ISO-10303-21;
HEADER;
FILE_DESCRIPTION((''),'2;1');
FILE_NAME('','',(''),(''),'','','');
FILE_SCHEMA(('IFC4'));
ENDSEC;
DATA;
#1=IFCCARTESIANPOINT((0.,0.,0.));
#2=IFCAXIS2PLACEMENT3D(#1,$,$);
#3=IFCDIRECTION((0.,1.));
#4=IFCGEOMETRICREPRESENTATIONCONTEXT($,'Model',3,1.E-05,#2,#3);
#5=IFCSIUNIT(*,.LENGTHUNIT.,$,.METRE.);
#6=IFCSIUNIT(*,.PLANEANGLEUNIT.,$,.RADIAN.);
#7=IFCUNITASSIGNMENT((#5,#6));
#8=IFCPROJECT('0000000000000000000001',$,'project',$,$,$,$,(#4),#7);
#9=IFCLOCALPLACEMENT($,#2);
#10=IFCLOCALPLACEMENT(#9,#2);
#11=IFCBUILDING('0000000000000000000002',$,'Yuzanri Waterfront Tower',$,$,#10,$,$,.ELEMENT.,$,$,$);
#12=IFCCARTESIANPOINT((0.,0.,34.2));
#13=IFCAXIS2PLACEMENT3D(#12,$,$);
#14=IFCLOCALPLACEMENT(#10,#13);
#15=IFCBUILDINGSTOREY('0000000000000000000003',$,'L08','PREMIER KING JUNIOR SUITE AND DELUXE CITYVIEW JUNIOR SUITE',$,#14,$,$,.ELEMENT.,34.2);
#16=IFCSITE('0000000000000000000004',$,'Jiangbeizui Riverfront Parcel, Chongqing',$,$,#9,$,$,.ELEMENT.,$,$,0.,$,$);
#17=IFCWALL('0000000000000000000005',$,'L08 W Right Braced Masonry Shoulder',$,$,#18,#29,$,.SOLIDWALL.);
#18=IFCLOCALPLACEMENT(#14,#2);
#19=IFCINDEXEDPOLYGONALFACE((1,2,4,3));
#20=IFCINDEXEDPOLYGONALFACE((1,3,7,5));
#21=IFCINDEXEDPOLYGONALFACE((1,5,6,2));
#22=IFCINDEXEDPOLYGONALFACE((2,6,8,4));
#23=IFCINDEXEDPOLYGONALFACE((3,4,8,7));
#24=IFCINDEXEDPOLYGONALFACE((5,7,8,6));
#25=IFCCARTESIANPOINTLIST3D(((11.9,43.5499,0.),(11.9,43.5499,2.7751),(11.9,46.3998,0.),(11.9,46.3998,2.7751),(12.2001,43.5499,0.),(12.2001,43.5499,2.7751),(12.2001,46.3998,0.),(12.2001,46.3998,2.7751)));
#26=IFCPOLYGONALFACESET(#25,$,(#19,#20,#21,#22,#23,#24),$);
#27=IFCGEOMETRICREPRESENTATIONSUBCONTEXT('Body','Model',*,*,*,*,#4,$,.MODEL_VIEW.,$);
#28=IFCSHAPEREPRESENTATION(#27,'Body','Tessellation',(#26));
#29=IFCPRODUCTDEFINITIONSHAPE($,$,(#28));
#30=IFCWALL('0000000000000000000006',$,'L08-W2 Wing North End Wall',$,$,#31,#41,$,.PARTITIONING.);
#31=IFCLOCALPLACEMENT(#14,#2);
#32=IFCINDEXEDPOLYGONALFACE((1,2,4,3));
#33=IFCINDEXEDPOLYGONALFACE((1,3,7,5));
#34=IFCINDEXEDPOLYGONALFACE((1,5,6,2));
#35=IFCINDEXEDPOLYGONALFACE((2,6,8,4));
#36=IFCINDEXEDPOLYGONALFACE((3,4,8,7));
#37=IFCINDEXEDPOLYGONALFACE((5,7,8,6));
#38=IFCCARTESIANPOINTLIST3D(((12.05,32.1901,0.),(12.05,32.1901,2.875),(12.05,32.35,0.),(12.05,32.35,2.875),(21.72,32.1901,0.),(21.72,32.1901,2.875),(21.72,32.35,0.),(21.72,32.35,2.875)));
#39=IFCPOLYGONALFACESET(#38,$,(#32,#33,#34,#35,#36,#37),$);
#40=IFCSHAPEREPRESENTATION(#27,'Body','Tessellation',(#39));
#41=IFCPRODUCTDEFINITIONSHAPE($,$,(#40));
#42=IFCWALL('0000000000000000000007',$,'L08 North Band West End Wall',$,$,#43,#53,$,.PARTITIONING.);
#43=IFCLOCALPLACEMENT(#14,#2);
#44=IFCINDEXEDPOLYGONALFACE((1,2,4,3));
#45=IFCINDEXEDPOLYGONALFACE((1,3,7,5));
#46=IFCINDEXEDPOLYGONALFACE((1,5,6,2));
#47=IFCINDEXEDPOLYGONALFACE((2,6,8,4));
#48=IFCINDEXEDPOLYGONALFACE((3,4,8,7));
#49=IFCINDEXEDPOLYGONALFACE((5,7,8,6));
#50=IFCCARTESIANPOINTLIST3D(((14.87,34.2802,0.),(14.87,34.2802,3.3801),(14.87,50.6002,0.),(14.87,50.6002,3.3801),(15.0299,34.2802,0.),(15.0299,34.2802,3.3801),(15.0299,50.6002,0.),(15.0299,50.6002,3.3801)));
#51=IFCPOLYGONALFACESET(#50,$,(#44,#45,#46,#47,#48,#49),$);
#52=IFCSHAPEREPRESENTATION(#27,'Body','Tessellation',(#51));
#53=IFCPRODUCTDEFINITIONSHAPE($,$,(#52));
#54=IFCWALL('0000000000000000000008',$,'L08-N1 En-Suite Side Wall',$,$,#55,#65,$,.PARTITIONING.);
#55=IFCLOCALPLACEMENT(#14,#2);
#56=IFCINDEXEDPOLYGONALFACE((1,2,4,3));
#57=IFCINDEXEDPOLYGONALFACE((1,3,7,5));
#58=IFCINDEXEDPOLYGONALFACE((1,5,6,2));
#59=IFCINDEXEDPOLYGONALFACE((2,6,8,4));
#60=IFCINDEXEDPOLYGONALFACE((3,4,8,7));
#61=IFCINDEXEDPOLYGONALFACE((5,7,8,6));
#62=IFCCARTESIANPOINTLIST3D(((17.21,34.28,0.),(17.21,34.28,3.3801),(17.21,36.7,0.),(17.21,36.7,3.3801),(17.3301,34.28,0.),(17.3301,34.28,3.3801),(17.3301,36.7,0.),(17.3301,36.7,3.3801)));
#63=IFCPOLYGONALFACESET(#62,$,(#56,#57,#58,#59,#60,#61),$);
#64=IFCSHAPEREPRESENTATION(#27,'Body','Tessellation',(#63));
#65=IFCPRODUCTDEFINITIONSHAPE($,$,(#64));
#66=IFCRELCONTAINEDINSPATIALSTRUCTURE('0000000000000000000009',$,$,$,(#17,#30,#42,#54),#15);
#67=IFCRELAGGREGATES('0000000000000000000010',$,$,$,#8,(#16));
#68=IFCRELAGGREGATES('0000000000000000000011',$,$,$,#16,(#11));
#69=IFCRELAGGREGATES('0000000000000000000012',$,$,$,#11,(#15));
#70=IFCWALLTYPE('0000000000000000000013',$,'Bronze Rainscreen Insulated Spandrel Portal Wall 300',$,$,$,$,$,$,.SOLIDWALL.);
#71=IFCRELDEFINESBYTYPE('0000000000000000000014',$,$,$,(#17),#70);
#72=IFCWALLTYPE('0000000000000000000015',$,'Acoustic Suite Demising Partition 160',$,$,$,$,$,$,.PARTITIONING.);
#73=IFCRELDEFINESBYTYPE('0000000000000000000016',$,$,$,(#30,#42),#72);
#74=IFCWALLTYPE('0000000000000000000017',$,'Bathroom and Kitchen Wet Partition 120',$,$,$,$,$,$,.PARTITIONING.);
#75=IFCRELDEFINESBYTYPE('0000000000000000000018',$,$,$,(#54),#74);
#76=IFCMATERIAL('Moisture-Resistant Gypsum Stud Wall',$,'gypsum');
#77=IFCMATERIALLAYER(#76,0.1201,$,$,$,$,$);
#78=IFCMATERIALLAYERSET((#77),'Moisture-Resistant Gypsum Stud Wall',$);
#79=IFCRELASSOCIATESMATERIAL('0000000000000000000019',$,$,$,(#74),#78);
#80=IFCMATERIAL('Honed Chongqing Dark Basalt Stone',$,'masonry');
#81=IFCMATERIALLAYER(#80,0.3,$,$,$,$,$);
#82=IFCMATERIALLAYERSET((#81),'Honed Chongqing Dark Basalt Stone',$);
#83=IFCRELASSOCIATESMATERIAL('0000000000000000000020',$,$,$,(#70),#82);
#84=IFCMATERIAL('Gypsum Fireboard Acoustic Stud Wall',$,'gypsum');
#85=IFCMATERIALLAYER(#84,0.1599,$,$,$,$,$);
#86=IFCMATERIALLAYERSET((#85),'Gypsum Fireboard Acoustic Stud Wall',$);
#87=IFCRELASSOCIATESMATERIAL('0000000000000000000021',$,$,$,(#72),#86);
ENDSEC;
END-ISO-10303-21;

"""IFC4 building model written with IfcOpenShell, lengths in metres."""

from ifc_helpers import new_model, si_unit, direction, frame, frame_2d, origin, place, context, subcontext, project, spatial, rectangle, extrude, source, transform, mapped, material, layer, layer_set, type_object, element, save


model = new_model("IFC4")

# Units and contexts
model_context = context("Model", 3, precision=1e-05, world=origin(), true_north=direction((0.0, 1.0)))
body_context = subcontext(model_context, "Body", "Model", "MODEL_VIEW")
ifc_project = project(units=[si_unit("LENGTHUNIT", "METRE"), si_unit("PLANEANGLEUNIT", "RADIAN")], contexts=[model_context])

# Site, building, storey
site_placement = place(None, origin())
site = spatial("IfcSite", under=ifc_project, at=site_placement, Name="Jiangbeizui Riverfront Parcel, Chongqing", CompositionType="ELEMENT", RefElevation=0.0)
building_placement = place(site_placement, origin())
building = spatial("IfcBuilding", under=site, at=building_placement, Name="Yuzanri Waterfront Tower", CompositionType="ELEMENT")
storey_placement = place(building_placement, frame((0.0, 0.0, 34.2)))
storey = spatial("IfcBuildingStorey", under=building, at=storey_placement, Name="L08", Description="PREMIER KING JUNIOR SUITE AND DELUXE CITYVIEW JUNIOR SUITE", CompositionType="ELEMENT", Elevation=34.2)

# Shared definitions
ifc_material_1 = material(Name="Moisture-Resistant Gypsum Stud Wall", Category="gypsum")
ifc_layer_1 = layer(ifc_material_1, 0.1201)
ifc_layer_set_1 = layer_set([ifc_layer_1], Name="Moisture-Resistant Gypsum Stud Wall")
wall_type_1 = type_object("IfcWallType", Name="Bathroom and Kitchen Wet Partition 120", PredefinedType="PARTITIONING", material=ifc_layer_set_1)

# Shared definitions
ifc_material_2 = material(Name="Honed Chongqing Dark Basalt Stone", Category="masonry")
ifc_layer_2 = layer(ifc_material_2, 0.3)
ifc_layer_set_2 = layer_set([ifc_layer_2], Name="Honed Chongqing Dark Basalt Stone")
wall_type_2 = type_object("IfcWallType", Name="Bronze Rainscreen Insulated Spandrel Portal Wall 300", PredefinedType="SOLIDWALL", material=ifc_layer_set_2)

# Walls
shared_shape_1 = source(origin(), body_context, "Body", "SweptSolid", [
    extrude(rectangle(XDim=2.8499, YDim=0.3, at=frame_2d((1.4248, 0.0))), origin(), (0.0, 0.0, 1.0), 2.7751),
])
wall_1_placement = place(storey_placement, frame((12.05, 43.55, 0.0), z_axis=(0.0, 0.0, 1.0), x_axis=(0.0, 1.0, 0.0)))
element("IfcWall", 1, at=wall_1_placement, inside=storey, type_object=wall_type_2, Name="L08 W Right Braced Masonry Shoulder", PredefinedType="SOLIDWALL", context=body_context, shape_type="MappedRepresentation", body=[
    mapped(shared_shape_1, transform((0.0, 0.0, 0.0), scale=1.0)),
])
ifc_material_3 = material(Name="Gypsum Fireboard Acoustic Stud Wall", Category="gypsum")
ifc_layer_3 = layer(ifc_material_3, 0.1599)
ifc_layer_set_3 = layer_set([ifc_layer_3], Name="Gypsum Fireboard Acoustic Stud Wall")
wall_type_3 = type_object("IfcWallType", Name="Acoustic Suite Demising Partition 160", PredefinedType="PARTITIONING", material=ifc_layer_set_3)
shared_shape_2 = source(origin(), body_context, "Body", "SweptSolid", [
    extrude(rectangle(XDim=9.6699, YDim=0.1599, at=frame_2d((4.835, 0.0))), origin(), (0.0, 0.0, 1.0), 2.875),
])
wall_2_placement = place(storey_placement, frame((12.05, 32.27, 0.0), z_axis=(0.0, 0.0, 1.0), x_axis=(1.0, 0.0, 0.0)))
element("IfcWall", 2, at=wall_2_placement, inside=storey, type_object=wall_type_3, Name="L08-W2 Wing North End Wall", PredefinedType="PARTITIONING", context=body_context, shape_type="MappedRepresentation", body=[
    mapped(shared_shape_2, transform((0.0, 0.0, 0.0), scale=1.0)),
])
shared_shape_3 = source(origin(), body_context, "Body", "SweptSolid", [
    extrude(rectangle(XDim=16.3201, YDim=0.1599, at=frame_2d((8.1602, 0.0))), origin(), (0.0, 0.0, 1.0), 3.3801),
])
wall_3_placement = place(storey_placement, frame((14.95, 34.28, 0.0), z_axis=(0.0, 0.0, 1.0), x_axis=(0.0, 1.0, 0.0)))
element("IfcWall", 3, at=wall_3_placement, inside=storey, type_object=wall_type_3, Name="L08 North Band West End Wall", PredefinedType="PARTITIONING", context=body_context, shape_type="MappedRepresentation", body=[
    mapped(shared_shape_3, transform((0.0, 0.0, 0.0), scale=1.0)),
])
shared_shape_4 = source(origin(), body_context, "Body", "SweptSolid", [
    extrude(rectangle(XDim=2.4199, YDim=0.1201, at=frame_2d((1.21, 0.0))), origin(), (0.0, 0.0, 1.0), 3.3801),
])
wall_4_placement = place(storey_placement, frame((17.27, 34.28, 0.0), z_axis=(0.0, 0.0, 1.0), x_axis=(0.0, 1.0, 0.0)))
element("IfcWall", 4, at=wall_4_placement, inside=storey, type_object=wall_type_1, Name="L08-N1 En-Suite Side Wall", PredefinedType="PARTITIONING", context=body_context, shape_type="MappedRepresentation", body=[
    mapped(shared_shape_4, transform((0.0, 0.0, 0.0), scale=1.0)),
])

save(model, "model.ifc")
